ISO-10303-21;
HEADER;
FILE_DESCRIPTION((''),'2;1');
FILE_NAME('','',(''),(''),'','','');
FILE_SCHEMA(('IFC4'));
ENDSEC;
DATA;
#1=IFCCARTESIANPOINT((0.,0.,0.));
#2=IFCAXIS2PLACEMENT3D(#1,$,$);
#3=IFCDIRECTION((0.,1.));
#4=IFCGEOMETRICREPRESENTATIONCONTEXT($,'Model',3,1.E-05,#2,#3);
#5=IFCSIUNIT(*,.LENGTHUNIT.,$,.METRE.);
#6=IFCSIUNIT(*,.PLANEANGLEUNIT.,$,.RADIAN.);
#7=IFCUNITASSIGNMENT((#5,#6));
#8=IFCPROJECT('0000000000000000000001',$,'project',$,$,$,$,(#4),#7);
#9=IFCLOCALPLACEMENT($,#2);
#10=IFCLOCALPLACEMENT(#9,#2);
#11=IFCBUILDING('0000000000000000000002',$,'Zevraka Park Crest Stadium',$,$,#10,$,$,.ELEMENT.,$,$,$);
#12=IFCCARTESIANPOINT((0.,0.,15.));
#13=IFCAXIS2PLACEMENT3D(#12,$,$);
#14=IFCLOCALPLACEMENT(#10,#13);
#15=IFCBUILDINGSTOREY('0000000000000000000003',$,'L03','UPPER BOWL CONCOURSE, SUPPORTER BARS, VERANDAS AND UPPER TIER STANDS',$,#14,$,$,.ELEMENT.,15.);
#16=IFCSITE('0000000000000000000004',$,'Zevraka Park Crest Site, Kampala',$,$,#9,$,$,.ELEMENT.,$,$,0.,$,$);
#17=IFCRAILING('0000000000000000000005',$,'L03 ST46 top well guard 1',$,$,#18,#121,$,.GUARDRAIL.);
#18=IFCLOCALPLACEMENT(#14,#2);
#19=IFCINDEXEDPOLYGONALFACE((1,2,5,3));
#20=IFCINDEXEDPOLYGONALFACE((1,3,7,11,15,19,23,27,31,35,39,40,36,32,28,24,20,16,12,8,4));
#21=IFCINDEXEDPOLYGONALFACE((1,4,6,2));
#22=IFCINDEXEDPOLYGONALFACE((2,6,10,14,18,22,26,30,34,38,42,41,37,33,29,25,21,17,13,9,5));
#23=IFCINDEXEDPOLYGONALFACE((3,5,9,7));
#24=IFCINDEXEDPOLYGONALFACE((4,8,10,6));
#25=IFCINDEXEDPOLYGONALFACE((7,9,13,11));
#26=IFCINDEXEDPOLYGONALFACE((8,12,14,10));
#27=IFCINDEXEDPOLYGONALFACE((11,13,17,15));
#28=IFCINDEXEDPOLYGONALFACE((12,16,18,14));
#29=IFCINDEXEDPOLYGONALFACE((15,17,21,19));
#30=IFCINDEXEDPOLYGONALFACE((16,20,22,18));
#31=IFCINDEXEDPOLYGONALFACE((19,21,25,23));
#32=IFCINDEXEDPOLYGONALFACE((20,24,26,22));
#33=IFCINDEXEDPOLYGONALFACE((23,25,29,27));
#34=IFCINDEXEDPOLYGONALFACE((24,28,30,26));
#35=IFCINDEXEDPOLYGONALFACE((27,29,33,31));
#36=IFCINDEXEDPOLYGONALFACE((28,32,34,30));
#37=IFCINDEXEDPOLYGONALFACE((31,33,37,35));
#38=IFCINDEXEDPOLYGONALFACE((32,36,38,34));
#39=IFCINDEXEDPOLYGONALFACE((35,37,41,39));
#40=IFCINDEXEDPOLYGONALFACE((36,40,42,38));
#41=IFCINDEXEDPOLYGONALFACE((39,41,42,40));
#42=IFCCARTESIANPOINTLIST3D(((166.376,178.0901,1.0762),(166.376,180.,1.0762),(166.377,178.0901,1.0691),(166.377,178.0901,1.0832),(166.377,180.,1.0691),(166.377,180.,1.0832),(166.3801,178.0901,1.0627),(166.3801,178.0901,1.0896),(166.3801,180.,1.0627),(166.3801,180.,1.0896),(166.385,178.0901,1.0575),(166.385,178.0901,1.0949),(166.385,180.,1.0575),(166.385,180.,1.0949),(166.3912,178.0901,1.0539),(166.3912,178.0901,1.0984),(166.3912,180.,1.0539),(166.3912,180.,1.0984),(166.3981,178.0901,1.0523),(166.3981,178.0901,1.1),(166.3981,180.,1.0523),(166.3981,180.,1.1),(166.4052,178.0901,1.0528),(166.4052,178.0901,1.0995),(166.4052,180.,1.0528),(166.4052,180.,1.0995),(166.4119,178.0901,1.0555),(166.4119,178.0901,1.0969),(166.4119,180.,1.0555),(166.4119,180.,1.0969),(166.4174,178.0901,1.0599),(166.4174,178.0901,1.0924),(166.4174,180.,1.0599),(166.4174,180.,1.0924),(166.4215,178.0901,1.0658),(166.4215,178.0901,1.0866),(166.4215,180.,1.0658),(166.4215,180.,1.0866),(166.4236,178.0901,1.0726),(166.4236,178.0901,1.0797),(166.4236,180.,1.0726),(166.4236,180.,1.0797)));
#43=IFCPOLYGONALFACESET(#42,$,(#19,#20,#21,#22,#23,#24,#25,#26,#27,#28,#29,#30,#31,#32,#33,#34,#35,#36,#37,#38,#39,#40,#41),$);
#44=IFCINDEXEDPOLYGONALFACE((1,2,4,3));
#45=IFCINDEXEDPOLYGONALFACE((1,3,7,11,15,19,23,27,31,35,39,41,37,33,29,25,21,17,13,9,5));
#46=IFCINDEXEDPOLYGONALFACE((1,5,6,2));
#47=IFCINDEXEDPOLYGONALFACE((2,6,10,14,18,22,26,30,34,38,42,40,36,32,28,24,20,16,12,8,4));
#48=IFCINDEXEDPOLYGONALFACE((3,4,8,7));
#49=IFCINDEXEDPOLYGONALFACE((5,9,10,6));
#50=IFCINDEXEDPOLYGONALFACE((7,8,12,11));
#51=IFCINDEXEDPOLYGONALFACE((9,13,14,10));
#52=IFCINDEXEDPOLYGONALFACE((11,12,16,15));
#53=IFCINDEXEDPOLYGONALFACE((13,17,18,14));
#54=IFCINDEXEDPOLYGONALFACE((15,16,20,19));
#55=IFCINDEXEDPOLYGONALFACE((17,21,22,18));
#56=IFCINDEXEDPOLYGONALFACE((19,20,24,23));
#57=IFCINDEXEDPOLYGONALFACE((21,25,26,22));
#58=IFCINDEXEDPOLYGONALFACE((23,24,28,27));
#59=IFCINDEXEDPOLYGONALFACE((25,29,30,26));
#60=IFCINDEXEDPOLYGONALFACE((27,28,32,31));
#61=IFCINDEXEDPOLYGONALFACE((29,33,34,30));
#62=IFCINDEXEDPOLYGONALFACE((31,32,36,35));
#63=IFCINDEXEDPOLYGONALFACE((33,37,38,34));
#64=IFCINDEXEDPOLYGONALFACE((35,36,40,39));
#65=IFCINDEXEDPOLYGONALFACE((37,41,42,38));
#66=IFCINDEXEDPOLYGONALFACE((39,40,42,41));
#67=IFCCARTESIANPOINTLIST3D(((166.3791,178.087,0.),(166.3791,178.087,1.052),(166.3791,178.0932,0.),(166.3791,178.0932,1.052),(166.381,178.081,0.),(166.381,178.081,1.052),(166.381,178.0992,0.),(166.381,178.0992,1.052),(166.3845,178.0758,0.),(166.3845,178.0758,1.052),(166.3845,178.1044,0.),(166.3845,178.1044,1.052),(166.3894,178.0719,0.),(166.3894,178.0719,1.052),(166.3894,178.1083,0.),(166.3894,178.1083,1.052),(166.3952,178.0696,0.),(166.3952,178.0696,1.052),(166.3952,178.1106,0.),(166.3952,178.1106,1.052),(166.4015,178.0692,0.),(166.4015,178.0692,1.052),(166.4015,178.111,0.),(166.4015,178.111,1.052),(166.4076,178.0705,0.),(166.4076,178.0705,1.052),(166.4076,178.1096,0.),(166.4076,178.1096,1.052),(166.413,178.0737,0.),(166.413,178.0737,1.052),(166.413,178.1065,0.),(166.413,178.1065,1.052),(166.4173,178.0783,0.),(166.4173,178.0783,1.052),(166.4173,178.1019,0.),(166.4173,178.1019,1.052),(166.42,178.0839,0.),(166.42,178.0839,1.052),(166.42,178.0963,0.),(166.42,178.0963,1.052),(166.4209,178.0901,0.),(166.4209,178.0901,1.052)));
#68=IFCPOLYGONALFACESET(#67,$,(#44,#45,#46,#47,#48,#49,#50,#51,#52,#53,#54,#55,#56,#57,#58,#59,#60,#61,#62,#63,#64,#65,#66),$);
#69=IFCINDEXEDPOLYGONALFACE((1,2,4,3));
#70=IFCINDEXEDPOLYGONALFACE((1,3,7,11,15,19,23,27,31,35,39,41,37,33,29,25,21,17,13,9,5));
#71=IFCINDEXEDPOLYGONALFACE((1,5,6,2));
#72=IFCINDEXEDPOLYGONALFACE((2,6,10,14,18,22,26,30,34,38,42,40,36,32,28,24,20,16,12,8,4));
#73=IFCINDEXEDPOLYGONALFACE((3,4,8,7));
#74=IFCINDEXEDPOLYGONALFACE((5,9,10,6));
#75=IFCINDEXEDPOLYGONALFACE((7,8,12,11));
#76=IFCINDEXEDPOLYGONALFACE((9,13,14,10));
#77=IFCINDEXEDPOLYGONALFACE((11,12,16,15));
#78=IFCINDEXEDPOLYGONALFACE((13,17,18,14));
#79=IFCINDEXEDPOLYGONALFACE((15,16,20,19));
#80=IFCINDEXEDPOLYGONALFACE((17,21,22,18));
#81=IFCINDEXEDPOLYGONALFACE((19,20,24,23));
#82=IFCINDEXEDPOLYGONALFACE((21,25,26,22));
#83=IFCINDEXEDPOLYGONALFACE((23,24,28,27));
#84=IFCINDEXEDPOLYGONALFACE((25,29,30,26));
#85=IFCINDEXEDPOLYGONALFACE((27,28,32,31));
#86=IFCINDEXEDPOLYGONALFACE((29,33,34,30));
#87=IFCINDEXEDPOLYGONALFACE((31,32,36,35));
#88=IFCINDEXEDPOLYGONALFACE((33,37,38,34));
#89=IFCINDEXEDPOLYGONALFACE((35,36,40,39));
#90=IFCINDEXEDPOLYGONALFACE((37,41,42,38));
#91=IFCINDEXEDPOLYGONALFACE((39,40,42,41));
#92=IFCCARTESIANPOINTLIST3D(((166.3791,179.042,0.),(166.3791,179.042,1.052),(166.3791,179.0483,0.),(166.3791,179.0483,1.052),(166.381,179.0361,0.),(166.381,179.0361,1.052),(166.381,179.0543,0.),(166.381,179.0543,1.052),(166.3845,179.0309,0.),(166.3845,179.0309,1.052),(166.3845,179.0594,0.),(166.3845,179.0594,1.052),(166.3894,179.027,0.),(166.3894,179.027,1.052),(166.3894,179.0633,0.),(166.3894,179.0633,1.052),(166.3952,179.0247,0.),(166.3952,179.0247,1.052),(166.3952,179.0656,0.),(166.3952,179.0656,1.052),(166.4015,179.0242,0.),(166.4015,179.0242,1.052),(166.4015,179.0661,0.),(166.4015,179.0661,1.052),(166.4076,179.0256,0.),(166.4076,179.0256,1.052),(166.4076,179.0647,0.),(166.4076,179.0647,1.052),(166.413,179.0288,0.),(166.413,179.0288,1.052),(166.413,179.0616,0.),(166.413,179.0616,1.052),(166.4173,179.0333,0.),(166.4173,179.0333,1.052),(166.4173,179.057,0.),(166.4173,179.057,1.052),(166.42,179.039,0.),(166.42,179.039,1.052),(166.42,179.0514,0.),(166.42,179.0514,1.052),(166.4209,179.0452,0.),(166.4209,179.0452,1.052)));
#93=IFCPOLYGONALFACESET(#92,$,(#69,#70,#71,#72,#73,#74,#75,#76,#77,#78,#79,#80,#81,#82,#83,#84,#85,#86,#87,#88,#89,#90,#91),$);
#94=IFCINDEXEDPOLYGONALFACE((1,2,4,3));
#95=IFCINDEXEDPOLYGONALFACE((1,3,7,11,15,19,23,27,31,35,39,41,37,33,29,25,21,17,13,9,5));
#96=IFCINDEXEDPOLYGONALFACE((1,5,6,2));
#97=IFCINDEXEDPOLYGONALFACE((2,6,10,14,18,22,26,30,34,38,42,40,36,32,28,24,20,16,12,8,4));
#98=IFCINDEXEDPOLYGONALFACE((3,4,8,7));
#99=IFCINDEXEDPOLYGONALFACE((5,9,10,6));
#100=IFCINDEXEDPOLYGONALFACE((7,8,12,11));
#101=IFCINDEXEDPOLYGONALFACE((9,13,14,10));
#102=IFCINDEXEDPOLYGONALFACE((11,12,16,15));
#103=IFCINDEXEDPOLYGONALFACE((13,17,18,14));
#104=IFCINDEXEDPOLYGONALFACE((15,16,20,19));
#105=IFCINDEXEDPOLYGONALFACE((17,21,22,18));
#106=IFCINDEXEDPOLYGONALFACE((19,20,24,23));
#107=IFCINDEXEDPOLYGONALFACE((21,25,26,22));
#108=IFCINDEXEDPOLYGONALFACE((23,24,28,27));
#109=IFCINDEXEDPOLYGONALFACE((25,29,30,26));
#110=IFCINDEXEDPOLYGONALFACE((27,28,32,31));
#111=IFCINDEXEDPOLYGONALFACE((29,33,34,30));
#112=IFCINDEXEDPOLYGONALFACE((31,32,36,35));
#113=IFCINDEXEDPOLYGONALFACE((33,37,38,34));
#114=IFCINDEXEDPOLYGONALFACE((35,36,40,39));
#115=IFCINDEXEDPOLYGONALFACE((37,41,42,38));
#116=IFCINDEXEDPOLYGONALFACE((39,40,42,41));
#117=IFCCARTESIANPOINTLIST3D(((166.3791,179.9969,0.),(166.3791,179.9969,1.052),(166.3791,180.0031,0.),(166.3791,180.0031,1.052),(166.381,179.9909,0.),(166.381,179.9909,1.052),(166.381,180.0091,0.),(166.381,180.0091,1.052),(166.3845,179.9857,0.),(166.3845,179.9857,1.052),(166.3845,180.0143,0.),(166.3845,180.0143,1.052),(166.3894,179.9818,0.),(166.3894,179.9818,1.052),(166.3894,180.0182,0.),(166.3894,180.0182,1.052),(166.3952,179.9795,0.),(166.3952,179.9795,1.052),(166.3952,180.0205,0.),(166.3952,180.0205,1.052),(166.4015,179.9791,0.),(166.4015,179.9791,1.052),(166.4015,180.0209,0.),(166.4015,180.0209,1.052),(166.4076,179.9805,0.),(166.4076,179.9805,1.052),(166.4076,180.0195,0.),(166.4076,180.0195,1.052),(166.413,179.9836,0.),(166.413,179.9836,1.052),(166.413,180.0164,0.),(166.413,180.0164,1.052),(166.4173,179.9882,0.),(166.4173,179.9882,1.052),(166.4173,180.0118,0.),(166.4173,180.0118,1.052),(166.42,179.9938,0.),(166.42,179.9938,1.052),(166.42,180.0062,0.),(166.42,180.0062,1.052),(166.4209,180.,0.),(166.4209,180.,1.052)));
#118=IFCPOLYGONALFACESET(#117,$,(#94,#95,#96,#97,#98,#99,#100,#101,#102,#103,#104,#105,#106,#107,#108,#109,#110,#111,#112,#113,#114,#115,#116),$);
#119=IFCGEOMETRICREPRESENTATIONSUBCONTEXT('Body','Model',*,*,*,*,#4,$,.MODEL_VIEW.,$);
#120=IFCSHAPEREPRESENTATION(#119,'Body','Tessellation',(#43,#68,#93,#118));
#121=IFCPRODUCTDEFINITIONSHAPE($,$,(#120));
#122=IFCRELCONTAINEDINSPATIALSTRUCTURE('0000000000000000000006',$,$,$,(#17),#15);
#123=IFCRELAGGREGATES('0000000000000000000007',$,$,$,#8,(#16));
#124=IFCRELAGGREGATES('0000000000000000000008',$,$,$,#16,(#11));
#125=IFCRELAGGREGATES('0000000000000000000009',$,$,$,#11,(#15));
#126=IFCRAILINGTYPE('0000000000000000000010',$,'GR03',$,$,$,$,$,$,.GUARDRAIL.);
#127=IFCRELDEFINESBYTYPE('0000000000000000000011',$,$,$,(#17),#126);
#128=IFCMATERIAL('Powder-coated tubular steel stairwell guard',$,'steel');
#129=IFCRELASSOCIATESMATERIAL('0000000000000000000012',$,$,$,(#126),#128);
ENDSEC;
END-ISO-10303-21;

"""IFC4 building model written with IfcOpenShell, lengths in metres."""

from ifc_helpers import new_model, si_unit, direction, frame, origin, origin_2d, place, context, subcontext, project, spatial, circle, extrude, material, type_object, element, save


model = new_model("IFC4")

# Units and contexts
model_context = context("Model", 3, precision=1e-05, world=origin(), true_north=direction((0.0, 1.0)))
body_context = subcontext(model_context, "Body", "Model", "MODEL_VIEW")
ifc_project = project(units=[si_unit("LENGTHUNIT", "METRE"), si_unit("PLANEANGLEUNIT", "RADIAN")], contexts=[model_context])

# Site, building, storey
site_placement = place(None, origin())
site = spatial("IfcSite", under=ifc_project, at=site_placement, Name="Zevraka Park Crest Site, Kampala", CompositionType="ELEMENT", RefElevation=0.0)
building_placement = place(site_placement, origin())
building = spatial("IfcBuilding", under=site, at=building_placement, Name="Zevraka Park Crest Stadium", CompositionType="ELEMENT")
storey_placement = place(building_placement, frame((0.0, 0.0, 15.0)))
storey = spatial("IfcBuildingStorey", under=building, at=storey_placement, Name="L03", Description="UPPER BOWL CONCOURSE, SUPPORTER BARS, VERANDAS AND UPPER TIER STANDS", CompositionType="ELEMENT", Elevation=15.0)

# Railing
ifc_material_1 = material(Name="Powder-coated tubular steel stairwell guard", Category="steel")
railing_type_1 = type_object("IfcRailingType", Name="GR03", PredefinedType="GUARDRAIL", material=ifc_material_1)
railing_1_placement = place(storey_placement, frame((166.3999, 178.0901, 0.0)))
element("IfcRailing", 1, at=railing_1_placement, inside=storey, type_object=railing_type_1, Name="L03 ST46 top well guard 1", PredefinedType="GUARDRAIL", context=body_context, shape_type="SweptSolid", body=[
    extrude(circle(Radius=0.0239, at=origin_2d()), frame((0.0, 0.0, 1.0762), z_axis=(0.0, 1.0, 0.0), x_axis=(-1.0, 0.0, 0.0)), (0.0, 0.0, 1.0), 1.9099),
    extrude(circle(Radius=0.021, at=origin_2d()), origin(), (0.0, 0.0, 1.0), 1.052),
    extrude(circle(Radius=0.021, at=origin_2d()), frame((0.0, 0.9551, 0.0)), (0.0, 0.0, 1.0), 1.052),
    extrude(circle(Radius=0.021, at=origin_2d()), frame((0.0, 1.9099, 0.0)), (0.0, 0.0, 1.0), 1.052),
])

save(model, "model.ifc")
